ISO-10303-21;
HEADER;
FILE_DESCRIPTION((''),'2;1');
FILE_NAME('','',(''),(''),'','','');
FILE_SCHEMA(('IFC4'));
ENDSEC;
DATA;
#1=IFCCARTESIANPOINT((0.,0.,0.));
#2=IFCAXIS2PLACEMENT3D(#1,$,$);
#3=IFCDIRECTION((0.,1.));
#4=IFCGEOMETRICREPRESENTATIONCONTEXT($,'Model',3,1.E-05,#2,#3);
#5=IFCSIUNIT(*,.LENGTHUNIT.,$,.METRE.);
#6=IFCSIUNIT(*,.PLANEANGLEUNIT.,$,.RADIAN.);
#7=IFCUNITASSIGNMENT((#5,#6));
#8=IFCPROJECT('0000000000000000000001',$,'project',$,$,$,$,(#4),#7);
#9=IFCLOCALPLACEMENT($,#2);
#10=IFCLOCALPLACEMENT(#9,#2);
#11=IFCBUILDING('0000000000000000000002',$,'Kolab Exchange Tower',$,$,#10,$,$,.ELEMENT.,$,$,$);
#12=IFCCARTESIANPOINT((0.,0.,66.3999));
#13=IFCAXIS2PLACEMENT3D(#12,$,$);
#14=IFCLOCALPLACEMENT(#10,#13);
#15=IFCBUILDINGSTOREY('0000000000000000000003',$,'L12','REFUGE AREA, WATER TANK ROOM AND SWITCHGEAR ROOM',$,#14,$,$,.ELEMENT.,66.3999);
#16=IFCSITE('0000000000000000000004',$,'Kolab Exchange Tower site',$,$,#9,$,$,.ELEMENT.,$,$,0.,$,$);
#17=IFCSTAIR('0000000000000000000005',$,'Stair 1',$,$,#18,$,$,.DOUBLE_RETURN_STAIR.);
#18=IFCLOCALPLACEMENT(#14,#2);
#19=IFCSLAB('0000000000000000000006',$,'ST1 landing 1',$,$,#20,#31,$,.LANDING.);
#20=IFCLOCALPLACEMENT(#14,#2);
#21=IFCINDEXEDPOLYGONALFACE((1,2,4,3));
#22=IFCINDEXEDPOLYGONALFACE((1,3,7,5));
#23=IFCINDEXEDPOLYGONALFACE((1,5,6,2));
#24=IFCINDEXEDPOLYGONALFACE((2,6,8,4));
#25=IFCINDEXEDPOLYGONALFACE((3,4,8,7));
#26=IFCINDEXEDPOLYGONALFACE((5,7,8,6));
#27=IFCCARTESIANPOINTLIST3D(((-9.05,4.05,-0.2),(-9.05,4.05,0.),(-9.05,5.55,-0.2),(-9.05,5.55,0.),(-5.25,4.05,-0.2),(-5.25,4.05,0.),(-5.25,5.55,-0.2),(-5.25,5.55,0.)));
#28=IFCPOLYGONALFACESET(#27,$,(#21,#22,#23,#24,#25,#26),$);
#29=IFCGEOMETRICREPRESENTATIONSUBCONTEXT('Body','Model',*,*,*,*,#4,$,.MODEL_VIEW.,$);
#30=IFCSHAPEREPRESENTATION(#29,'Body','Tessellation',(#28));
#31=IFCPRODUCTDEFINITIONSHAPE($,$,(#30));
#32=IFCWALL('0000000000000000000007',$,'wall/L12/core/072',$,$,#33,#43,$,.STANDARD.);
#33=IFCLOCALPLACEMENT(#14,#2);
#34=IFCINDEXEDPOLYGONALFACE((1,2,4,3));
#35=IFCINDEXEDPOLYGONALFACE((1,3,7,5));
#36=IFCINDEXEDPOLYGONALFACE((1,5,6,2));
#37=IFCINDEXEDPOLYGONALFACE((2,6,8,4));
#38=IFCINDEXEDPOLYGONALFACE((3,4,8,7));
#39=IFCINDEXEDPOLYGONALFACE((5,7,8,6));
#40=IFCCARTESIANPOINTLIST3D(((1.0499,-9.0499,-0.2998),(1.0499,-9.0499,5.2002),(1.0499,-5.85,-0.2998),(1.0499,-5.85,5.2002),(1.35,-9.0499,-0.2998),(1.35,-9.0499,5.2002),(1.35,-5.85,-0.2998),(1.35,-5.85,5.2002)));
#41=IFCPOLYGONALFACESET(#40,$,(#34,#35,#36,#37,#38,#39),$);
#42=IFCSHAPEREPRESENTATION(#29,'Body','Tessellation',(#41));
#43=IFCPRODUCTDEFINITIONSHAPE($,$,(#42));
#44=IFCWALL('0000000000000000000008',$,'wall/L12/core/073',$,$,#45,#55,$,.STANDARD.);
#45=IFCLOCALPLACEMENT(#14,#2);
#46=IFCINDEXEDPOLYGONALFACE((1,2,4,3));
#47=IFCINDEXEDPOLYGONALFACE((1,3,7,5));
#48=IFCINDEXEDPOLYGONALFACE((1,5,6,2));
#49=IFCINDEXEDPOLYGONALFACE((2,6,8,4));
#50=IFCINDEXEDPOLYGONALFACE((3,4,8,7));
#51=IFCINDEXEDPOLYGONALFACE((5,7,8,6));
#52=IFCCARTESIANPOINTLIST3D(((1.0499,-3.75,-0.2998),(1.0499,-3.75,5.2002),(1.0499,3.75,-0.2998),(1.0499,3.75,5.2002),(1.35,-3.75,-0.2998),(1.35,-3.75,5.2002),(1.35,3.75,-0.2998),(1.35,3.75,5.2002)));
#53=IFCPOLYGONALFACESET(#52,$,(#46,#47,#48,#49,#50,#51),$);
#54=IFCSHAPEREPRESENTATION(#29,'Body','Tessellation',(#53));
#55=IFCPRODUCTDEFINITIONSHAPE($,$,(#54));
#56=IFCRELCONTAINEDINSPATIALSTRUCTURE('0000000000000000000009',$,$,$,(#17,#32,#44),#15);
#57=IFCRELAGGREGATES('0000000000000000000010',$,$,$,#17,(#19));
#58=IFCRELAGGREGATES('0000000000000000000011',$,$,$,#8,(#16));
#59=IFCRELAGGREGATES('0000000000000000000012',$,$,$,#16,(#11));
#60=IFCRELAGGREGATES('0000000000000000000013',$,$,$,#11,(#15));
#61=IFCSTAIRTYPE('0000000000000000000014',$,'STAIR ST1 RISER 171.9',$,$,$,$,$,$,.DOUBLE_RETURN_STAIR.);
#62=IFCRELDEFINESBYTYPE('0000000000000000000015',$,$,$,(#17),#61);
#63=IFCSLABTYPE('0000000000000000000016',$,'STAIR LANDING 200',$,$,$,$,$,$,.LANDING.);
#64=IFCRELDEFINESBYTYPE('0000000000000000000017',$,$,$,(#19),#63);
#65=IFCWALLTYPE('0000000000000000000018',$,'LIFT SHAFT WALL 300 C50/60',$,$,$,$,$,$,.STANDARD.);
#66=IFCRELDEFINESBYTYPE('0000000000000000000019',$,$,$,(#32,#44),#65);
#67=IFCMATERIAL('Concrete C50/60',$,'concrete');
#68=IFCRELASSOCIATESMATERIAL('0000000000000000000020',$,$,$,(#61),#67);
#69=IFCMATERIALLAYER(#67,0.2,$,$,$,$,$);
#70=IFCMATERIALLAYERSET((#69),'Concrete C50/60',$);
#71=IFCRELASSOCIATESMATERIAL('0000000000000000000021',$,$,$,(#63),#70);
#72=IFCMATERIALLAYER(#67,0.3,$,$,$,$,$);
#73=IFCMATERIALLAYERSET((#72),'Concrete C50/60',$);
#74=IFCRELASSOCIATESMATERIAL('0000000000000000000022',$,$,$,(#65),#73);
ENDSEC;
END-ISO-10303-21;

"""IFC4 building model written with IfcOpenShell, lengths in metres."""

from ifc_helpers import new_model, si_unit, direction, frame, frame_2d, origin, place, context, subcontext, project, spatial, polyline, rectangle, outline, extrude, material, layer, layer_set, type_object, element, aggregate, save


model = new_model("IFC4")

# Units and contexts
model_context = context("Model", 3, precision=1e-05, world=origin(), true_north=direction((0.0, 1.0)))
body_context = subcontext(model_context, "Body", "Model", "MODEL_VIEW")
ifc_project = project(units=[si_unit("LENGTHUNIT", "METRE"), si_unit("PLANEANGLEUNIT", "RADIAN")], contexts=[model_context])

# Site, building, storey
site_placement = place(None, origin())
site = spatial("IfcSite", under=ifc_project, at=site_placement, Name="Kolab Exchange Tower site", CompositionType="ELEMENT", RefElevation=0.0)
building_placement = place(site_placement, origin())
building = spatial("IfcBuilding", under=site, at=building_placement, Name="Kolab Exchange Tower", CompositionType="ELEMENT")
storey_placement = place(building_placement, frame((0.0, 0.0, 66.3999)))
storey = spatial("IfcBuildingStorey", under=building, at=storey_placement, Name="L12", Description="REFUGE AREA, WATER TANK ROOM AND SWITCHGEAR ROOM", CompositionType="ELEMENT", Elevation=66.3999)

# Stair, slab
ifc_material_1 = material(Name="Concrete C50/60", Category="concrete")
stair_type = type_object("IfcStairType", Name="STAIR ST1 RISER 171.9", PredefinedType="DOUBLE_RETURN_STAIR", material=ifc_material_1)
stair_placement = place(storey_placement, origin())
stair = element("IfcStair", 1, at=stair_placement, inside=storey, type_object=stair_type, Name="Stair 1", PredefinedType="DOUBLE_RETURN_STAIR")
ifc_layer_1 = layer(ifc_material_1, 0.2)
ifc_layer_set_1 = layer_set([ifc_layer_1], Name="Concrete C50/60")
slab_type_1 = type_object("IfcSlabType", Name="STAIR LANDING 200", PredefinedType="LANDING", material=ifc_layer_set_1)
slab_1_placement = place(storey_placement, frame((0.0, 0.0, -0.2)))
slab_1 = element("IfcSlab", 2, at=slab_1_placement, type_object=slab_type_1, Name="ST1 landing 1", PredefinedType="LANDING", context=body_context, shape_type="SweptSolid", body=[
    extrude(outline(polyline([(-9.05, 4.05), (-5.25, 4.05), (-5.25, 5.55), (-9.05, 5.55), (-9.05, 4.05)])), origin(), (0.0, 0.0, 1.0), 0.2),
])
aggregate(stair, [slab_1])

# Walls
ifc_layer_2 = layer(ifc_material_1, 0.3)
ifc_layer_set_2 = layer_set([ifc_layer_2], Name="Concrete C50/60")
wall_type = type_object("IfcWallType", Name="LIFT SHAFT WALL 300 C50/60", PredefinedType="STANDARD", material=ifc_layer_set_2)
wall_1_placement = place(storey_placement, frame((1.2, -9.05, -0.2998), z_axis=(0.0, 0.0, 1.0), x_axis=(0.0, 1.0, 0.0)))
element("IfcWall", 3, at=wall_1_placement, inside=storey, type_object=wall_type, Name="wall/L12/core/072", PredefinedType="STANDARD", context=body_context, shape_type="SweptSolid", body=[
    extrude(rectangle(XDim=3.2, YDim=0.3, at=frame_2d((1.6001, 0.0))), origin(), (0.0, 0.0, 1.0), 5.5),
])
wall_2_placement = place(storey_placement, frame((1.2, -3.75, -0.2998), z_axis=(0.0, 0.0, 1.0), x_axis=(0.0, 1.0, 0.0)))
element("IfcWall", 4, at=wall_2_placement, inside=storey, type_object=wall_type, Name="wall/L12/core/073", PredefinedType="STANDARD", context=body_context, shape_type="SweptSolid", body=[
    extrude(rectangle(XDim=7.5, YDim=0.3, at=frame_2d((3.75, 0.0))), origin(), (0.0, 0.0, 1.0), 5.5),
])

save(model, "model.ifc")
